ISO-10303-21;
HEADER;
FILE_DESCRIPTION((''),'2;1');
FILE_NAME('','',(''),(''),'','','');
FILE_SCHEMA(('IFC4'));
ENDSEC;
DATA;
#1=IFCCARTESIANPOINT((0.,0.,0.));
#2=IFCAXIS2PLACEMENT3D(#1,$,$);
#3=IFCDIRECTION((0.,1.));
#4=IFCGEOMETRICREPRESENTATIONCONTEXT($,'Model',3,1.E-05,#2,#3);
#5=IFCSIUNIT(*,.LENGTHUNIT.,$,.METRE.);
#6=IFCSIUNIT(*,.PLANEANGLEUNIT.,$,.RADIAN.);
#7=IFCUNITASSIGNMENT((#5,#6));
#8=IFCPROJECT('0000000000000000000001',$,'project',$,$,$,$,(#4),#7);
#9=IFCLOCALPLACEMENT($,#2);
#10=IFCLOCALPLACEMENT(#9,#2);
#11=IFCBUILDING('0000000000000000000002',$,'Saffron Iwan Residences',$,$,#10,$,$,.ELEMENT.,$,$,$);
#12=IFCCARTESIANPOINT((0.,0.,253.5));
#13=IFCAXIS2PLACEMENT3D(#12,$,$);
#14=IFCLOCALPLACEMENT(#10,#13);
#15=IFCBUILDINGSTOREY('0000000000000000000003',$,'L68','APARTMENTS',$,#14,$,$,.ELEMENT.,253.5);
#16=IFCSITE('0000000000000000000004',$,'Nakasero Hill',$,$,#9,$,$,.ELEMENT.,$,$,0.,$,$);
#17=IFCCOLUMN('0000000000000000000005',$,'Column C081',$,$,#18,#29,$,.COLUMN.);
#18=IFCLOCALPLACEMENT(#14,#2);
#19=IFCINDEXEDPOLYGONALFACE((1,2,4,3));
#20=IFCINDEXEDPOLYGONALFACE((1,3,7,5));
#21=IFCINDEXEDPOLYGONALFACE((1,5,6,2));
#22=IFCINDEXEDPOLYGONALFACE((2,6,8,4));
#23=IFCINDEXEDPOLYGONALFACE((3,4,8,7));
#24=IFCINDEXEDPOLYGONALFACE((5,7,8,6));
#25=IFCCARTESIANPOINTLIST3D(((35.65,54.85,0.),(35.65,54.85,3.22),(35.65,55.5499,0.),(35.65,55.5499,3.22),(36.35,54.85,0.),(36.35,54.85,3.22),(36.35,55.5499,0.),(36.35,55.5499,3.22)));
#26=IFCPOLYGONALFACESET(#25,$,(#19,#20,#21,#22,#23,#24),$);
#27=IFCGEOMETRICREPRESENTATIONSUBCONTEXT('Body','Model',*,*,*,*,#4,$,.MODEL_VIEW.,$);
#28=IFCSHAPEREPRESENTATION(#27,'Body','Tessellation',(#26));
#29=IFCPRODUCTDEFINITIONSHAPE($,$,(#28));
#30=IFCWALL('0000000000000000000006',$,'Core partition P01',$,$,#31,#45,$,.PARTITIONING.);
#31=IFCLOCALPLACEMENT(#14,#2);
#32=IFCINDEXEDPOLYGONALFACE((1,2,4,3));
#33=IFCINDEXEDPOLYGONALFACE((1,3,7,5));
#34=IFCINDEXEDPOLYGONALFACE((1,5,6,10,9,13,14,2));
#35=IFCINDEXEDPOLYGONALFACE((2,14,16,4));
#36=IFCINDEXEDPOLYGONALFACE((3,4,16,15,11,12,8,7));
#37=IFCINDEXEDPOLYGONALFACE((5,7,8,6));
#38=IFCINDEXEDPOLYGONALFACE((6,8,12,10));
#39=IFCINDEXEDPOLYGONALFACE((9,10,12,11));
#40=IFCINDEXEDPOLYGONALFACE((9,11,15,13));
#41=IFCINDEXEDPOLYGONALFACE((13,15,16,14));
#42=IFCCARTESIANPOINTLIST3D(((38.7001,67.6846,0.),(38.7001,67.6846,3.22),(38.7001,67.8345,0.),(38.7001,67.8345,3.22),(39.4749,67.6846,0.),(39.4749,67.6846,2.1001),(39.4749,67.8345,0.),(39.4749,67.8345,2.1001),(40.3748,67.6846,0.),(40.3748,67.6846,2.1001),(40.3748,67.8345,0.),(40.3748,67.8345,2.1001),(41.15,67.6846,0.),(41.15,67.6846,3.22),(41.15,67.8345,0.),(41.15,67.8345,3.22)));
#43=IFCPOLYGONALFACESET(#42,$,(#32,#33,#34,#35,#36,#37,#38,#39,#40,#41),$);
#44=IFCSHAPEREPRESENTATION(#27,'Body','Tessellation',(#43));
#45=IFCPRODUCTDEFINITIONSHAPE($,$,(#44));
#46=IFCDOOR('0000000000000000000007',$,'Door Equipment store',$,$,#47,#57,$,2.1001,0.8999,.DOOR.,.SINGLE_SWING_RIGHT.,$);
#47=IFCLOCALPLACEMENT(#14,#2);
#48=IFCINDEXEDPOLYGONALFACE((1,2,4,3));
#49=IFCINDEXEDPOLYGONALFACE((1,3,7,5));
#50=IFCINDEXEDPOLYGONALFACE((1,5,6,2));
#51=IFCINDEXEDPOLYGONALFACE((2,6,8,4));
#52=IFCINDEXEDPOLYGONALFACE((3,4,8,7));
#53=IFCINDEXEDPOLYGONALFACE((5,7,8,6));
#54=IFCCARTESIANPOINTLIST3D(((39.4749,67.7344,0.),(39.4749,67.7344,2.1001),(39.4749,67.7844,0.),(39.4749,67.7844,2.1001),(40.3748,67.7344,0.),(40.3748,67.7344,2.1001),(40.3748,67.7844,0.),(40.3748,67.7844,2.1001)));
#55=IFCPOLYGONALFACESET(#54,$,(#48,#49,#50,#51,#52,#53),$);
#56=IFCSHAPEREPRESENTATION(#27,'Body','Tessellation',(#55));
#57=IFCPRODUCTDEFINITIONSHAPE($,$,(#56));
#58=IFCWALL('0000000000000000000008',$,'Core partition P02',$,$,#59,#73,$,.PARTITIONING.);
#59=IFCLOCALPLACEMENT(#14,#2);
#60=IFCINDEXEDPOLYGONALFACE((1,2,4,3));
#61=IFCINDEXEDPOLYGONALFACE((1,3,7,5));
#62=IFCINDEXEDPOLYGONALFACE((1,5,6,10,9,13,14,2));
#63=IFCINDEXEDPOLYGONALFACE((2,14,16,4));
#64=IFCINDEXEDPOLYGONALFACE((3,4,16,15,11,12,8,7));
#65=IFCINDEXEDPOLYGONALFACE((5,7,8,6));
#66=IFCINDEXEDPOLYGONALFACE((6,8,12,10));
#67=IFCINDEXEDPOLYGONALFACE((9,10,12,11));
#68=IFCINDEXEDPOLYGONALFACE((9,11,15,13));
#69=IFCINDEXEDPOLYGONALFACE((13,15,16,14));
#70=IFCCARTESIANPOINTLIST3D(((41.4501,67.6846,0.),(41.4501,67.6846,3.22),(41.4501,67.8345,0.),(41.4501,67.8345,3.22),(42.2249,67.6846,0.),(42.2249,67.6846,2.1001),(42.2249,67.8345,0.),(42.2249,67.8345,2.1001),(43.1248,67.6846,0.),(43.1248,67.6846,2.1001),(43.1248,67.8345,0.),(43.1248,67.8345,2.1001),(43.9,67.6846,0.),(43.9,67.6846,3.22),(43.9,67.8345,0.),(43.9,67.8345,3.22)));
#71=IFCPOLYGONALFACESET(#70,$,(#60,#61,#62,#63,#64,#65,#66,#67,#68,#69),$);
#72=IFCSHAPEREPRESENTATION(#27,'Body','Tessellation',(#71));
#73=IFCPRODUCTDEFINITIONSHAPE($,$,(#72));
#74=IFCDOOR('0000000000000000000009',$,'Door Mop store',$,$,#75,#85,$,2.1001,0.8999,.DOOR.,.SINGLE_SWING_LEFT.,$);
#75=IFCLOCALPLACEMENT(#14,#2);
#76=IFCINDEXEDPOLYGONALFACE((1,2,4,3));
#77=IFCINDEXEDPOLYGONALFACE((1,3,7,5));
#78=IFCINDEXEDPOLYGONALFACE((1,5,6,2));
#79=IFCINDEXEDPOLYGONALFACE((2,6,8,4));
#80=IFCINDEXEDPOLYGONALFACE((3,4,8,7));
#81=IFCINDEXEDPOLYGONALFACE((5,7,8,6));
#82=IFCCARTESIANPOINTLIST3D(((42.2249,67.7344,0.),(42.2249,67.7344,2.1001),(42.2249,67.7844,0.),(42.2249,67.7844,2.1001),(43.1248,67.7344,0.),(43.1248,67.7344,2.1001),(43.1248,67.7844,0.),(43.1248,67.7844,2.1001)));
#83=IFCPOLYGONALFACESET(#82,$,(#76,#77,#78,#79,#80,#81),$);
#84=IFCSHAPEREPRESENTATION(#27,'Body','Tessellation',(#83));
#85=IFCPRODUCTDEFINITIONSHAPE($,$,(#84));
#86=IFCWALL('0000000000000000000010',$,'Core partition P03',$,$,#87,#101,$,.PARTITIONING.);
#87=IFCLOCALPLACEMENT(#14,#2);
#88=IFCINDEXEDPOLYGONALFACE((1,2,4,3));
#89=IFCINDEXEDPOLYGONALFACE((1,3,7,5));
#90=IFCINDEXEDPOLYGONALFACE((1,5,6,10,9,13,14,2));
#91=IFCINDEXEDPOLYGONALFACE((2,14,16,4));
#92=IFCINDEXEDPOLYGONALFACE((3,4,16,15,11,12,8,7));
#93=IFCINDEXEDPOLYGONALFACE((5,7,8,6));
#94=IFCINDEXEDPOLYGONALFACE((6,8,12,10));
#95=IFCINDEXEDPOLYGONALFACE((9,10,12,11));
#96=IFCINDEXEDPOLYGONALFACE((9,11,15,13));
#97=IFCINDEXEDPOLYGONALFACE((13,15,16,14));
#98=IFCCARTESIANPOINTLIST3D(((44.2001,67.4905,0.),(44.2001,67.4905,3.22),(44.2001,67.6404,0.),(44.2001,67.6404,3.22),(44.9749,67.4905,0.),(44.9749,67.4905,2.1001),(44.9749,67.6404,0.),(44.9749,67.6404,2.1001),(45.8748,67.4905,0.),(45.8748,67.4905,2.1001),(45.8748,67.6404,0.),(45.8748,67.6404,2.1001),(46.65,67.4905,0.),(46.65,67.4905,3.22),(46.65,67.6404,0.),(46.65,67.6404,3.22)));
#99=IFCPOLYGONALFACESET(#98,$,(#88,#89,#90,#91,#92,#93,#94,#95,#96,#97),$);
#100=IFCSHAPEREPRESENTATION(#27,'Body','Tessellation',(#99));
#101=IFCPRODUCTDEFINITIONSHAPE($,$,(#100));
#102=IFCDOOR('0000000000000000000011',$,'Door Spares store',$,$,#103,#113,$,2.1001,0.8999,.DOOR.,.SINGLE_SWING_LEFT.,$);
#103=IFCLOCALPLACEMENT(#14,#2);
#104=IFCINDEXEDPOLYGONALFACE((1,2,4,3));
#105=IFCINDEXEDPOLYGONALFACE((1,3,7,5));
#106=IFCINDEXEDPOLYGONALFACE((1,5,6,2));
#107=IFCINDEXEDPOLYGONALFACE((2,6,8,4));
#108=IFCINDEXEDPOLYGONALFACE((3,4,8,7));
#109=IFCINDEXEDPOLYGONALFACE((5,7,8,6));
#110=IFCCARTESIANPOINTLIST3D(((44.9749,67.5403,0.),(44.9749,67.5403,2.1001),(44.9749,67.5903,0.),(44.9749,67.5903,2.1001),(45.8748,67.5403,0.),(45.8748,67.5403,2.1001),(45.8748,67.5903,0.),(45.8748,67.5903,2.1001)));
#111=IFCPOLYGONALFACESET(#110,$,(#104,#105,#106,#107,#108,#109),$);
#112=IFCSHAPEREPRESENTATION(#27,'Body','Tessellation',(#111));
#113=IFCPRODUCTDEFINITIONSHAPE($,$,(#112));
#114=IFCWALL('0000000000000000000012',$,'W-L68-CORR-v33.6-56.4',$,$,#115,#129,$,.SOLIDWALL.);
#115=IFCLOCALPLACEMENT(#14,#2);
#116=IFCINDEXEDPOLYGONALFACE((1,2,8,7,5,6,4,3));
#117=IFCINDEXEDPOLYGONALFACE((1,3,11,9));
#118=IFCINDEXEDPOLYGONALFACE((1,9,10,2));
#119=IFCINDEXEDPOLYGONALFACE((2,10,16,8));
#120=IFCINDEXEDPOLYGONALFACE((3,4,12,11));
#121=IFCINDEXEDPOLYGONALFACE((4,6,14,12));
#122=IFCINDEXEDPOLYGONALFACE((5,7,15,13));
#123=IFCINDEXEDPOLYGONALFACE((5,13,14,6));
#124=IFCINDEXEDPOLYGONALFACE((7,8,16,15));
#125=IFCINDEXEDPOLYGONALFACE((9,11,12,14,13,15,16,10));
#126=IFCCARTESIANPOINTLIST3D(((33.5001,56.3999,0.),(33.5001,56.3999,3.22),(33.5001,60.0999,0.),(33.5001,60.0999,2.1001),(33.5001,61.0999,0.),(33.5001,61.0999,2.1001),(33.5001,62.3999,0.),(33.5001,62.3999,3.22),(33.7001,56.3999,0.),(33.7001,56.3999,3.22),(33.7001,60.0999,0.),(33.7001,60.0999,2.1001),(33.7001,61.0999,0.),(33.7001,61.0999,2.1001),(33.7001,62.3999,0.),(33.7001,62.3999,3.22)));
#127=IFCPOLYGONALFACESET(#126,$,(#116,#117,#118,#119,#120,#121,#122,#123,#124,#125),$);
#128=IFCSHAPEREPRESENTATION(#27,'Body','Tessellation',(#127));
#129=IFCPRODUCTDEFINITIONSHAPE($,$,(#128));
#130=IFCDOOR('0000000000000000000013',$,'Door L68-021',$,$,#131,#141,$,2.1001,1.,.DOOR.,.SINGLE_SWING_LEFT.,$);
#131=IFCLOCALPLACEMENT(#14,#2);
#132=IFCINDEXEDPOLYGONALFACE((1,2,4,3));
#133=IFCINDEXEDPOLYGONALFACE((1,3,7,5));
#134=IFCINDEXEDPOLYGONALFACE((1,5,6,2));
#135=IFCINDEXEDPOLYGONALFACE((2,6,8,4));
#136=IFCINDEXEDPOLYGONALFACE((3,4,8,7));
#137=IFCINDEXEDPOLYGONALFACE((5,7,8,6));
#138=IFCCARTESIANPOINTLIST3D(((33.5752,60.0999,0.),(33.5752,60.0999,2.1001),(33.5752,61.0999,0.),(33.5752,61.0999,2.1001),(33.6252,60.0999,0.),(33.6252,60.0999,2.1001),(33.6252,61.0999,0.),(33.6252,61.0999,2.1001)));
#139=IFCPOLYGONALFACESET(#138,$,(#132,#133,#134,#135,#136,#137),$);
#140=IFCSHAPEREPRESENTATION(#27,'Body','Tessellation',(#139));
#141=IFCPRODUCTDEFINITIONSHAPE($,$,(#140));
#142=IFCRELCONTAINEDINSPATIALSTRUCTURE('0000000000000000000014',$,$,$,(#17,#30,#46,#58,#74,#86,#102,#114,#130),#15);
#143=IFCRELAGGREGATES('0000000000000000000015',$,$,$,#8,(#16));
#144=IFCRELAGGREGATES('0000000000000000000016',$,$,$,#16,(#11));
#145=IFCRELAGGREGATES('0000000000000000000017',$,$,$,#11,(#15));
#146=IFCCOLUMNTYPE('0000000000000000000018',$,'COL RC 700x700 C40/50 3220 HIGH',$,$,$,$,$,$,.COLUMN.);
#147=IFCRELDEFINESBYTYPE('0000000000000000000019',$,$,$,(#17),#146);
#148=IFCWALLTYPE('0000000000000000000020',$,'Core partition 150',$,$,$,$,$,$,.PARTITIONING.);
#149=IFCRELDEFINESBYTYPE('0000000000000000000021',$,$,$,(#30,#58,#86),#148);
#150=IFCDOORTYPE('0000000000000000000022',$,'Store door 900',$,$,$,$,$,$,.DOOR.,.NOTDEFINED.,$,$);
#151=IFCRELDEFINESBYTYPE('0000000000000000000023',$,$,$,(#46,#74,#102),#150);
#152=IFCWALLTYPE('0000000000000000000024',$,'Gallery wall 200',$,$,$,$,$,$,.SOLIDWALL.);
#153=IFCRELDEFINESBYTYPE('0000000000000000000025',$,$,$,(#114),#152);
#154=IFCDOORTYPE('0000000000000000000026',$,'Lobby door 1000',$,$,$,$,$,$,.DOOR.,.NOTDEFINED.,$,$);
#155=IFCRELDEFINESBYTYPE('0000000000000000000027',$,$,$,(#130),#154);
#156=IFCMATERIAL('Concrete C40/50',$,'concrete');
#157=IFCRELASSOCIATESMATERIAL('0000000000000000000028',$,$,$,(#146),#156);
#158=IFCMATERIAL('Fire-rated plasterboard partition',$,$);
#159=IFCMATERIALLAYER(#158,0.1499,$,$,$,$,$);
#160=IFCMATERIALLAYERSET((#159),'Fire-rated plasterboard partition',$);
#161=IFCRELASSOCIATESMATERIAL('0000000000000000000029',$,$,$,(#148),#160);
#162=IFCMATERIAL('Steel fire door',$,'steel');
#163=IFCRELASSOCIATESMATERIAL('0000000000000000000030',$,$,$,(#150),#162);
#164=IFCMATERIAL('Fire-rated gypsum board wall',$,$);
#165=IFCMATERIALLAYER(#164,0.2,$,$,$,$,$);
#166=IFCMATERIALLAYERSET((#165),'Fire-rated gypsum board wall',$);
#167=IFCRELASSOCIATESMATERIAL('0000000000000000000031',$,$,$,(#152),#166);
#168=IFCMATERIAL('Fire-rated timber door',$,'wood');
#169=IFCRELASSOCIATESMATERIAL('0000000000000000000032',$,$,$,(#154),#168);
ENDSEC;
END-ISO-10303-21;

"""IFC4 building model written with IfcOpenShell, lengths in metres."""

from ifc_helpers import new_model, si_unit, direction, frame, frame_2d, origin, origin_2d, place, context, subcontext, project, spatial, rectangle, extrude, source, transform, mapped, material, layer, layer_set, material_profile, profile_set, type_object, element, fill, save


model = new_model("IFC4")

# Units and contexts
model_context = context("Model", 3, precision=1e-05, world=origin(), true_north=direction((0.0, 1.0)))
body_context = subcontext(model_context, "Body", "Model", "MODEL_VIEW")
ifc_project = project(units=[si_unit("LENGTHUNIT", "METRE"), si_unit("PLANEANGLEUNIT", "RADIAN")], contexts=[model_context])

# Site, building, storey
site_placement = place(None, origin())
site = spatial("IfcSite", under=ifc_project, at=site_placement, Name="Nakasero Hill", CompositionType="ELEMENT", RefElevation=0.0)
building_placement = place(site_placement, origin())
building = spatial("IfcBuilding", under=site, at=building_placement, Name="Saffron Iwan Residences", CompositionType="ELEMENT")
storey_placement = place(building_placement, frame((0.0, 0.0, 253.5)))
storey = spatial("IfcBuildingStorey", under=building, at=storey_placement, Name="L68", Description="APARTMENTS", CompositionType="ELEMENT", Elevation=253.5)

# Column
ifc_material_1 = material(Name="Concrete C40/50", Category="concrete")
ifc_material_profile = material_profile(ifc_material_1, rectangle(XDim=0.7, YDim=0.7, at=origin_2d()), Name="RC 700x700")
ifc_profile_set = profile_set([ifc_material_profile], Name="Concrete C40/50")
column_type = type_object("IfcColumnType", Name="COL RC 700x700 C40/50 3220 HIGH", PredefinedType="COLUMN", material=ifc_profile_set)
shared_shape = source(origin(), body_context, "Body", "SweptSolid", [
    extrude(rectangle(XDim=0.7, YDim=0.7, at=origin_2d()), origin(), (0.0, 0.0, 1.0), 3.22),
])
column_placement = place(storey_placement, frame((36.0, 55.2, 0.0), z_axis=(0.0, 0.0, 1.0), x_axis=(1.0, 0.0, 0.0)))
element("IfcColumn", 1, at=column_placement, inside=storey, type_object=column_type, Name="Column C081", PredefinedType="COLUMN", context=body_context, shape_type="MappedRepresentation", body=[
    mapped(shared_shape, transform((0.0, 0.0, 0.0))),
])

# Walls, openings, doors
ifc_material_2 = material(Name="Fire-rated plasterboard partition")
ifc_layer_1 = layer(ifc_material_2, 0.1499)
ifc_layer_set_1 = layer_set([ifc_layer_1], Name="Fire-rated plasterboard partition")
wall_type_1 = type_object("IfcWallType", Name="Core partition 150", PredefinedType="PARTITIONING", material=ifc_layer_set_1)
wall_1_placement = place(storey_placement, frame((38.7, 67.7595, 0.0), z_axis=(0.0, 0.0, 1.0), x_axis=(1.0, 0.0, 0.0)))
wall_1 = element("IfcWall", 2, at=wall_1_placement, inside=storey, type_object=wall_type_1, Name="Core partition P01", PredefinedType="PARTITIONING", context=body_context, shape_type="SweptSolid", body=[
    extrude(rectangle(XDim=2.45, YDim=0.1499, at=frame_2d((1.2251, 0.0))), origin(), (0.0, 0.0, 1.0), 3.22),
])
opening_1_placement = place(wall_1_placement, frame((0.7749, 0.0, 0.0)))
opening_1 = element("IfcOpeningElement", 3, at=opening_1_placement, cuts=wall_1, PredefinedType="OPENING", context=body_context, shape_type="SweptSolid", body=[
    extrude(rectangle(XDim=0.8999, YDim=2.1001, at=frame_2d((0.45, 1.05))), frame((0.0, 0.085, 0.0), z_axis=(0.0, -1.0, 0.0), x_axis=(1.0, 0.0, 0.0)), (0.0, 0.0, 1.0), 0.1699),
])
ifc_material_3 = material(Name="Steel fire door", Category="steel")
door_type_1 = type_object("IfcDoorType", Name="Store door 900", OperationType="NOTDEFINED", PredefinedType="DOOR", material=ifc_material_3)
door_1_placement = place(opening_1_placement, origin())
door_1 = element("IfcDoor", 4, at=door_1_placement, inside=storey, type_object=door_type_1, Name="Door Equipment store", OperationType="SINGLE_SWING_RIGHT", OverallHeight=2.1001, OverallWidth=0.8999, PredefinedType="DOOR", context=body_context, shape_type="SweptSolid", body=[
    extrude(rectangle(XDim=0.8999, YDim=2.1001, at=frame_2d((0.45, 1.05))), frame((0.0, 0.0249, 0.0), z_axis=(0.0, -1.0, 0.0), x_axis=(1.0, 0.0, 0.0)), (0.0, 0.0, 1.0), 0.05),
])
fill(opening_1, door_1)
wall_2_placement = place(storey_placement, frame((41.45, 67.7595, 0.0), z_axis=(0.0, 0.0, 1.0), x_axis=(1.0, 0.0, 0.0)))
wall_2 = element("IfcWall", 5, at=wall_2_placement, inside=storey, type_object=wall_type_1, Name="Core partition P02", PredefinedType="PARTITIONING", context=body_context, shape_type="SweptSolid", body=[
    extrude(rectangle(XDim=2.45, YDim=0.1499, at=frame_2d((1.2251, 0.0))), origin(), (0.0, 0.0, 1.0), 3.22),
])
opening_2_placement = place(wall_2_placement, frame((0.7749, 0.0, 0.0)))
opening_2 = element("IfcOpeningElement", 6, at=opening_2_placement, cuts=wall_2, PredefinedType="OPENING", context=body_context, shape_type="SweptSolid", body=[
    extrude(rectangle(XDim=0.8999, YDim=2.1001, at=frame_2d((0.45, 1.05))), frame((0.0, 0.085, 0.0), z_axis=(0.0, -1.0, 0.0), x_axis=(1.0, 0.0, 0.0)), (0.0, 0.0, 1.0), 0.1699),
])
door_2_placement = place(opening_2_placement, origin())
door_2 = element("IfcDoor", 7, at=door_2_placement, inside=storey, type_object=door_type_1, Name="Door Mop store", OperationType="SINGLE_SWING_LEFT", OverallHeight=2.1001, OverallWidth=0.8999, PredefinedType="DOOR", context=body_context, shape_type="SweptSolid", body=[
    extrude(rectangle(XDim=0.8999, YDim=2.1001, at=frame_2d((0.45, 1.05))), frame((0.0, 0.0249, 0.0), z_axis=(0.0, -1.0, 0.0), x_axis=(1.0, 0.0, 0.0)), (0.0, 0.0, 1.0), 0.05),
])
fill(opening_2, door_2)
wall_3_placement = place(storey_placement, frame((44.2, 67.5654, 0.0), z_axis=(0.0, 0.0, 1.0), x_axis=(1.0, 0.0, 0.0)))
wall_3 = element("IfcWall", 8, at=wall_3_placement, inside=storey, type_object=wall_type_1, Name="Core partition P03", PredefinedType="PARTITIONING", context=body_context, shape_type="SweptSolid", body=[
    extrude(rectangle(XDim=2.45, YDim=0.1499, at=frame_2d((1.2251, 0.0))), origin(), (0.0, 0.0, 1.0), 3.22),
])
opening_3_placement = place(wall_3_placement, frame((0.7749, 0.0, 0.0)))
opening_3 = element("IfcOpeningElement", 9, at=opening_3_placement, cuts=wall_3, PredefinedType="OPENING", context=body_context, shape_type="SweptSolid", body=[
    extrude(rectangle(XDim=0.8999, YDim=2.1001, at=frame_2d((0.45, 1.05))), frame((0.0, 0.085, 0.0), z_axis=(0.0, -1.0, 0.0), x_axis=(1.0, 0.0, 0.0)), (0.0, 0.0, 1.0), 0.1699),
])
door_3_placement = place(opening_3_placement, origin())
door_3 = element("IfcDoor", 10, at=door_3_placement, inside=storey, type_object=door_type_1, Name="Door Spares store", OperationType="SINGLE_SWING_LEFT", OverallHeight=2.1001, OverallWidth=0.8999, PredefinedType="DOOR", context=body_context, shape_type="SweptSolid", body=[
    extrude(rectangle(XDim=0.8999, YDim=2.1001, at=frame_2d((0.45, 1.05))), frame((0.0, 0.0249, 0.0), z_axis=(0.0, -1.0, 0.0), x_axis=(1.0, 0.0, 0.0)), (0.0, 0.0, 1.0), 0.05),
])
fill(opening_3, door_3)
ifc_material_4 = material(Name="Fire-rated gypsum board wall")
ifc_layer_2 = layer(ifc_material_4, 0.2)
ifc_layer_set_2 = layer_set([ifc_layer_2], Name="Fire-rated gypsum board wall")
wall_type_2 = type_object("IfcWallType", Name="Gallery wall 200", PredefinedType="SOLIDWALL", material=ifc_layer_set_2)
wall_4_placement = place(storey_placement, frame((33.6001, 56.3999, 0.0), z_axis=(0.0, 0.0, 1.0), x_axis=(0.0, 1.0, 0.0)))
wall_4 = element("IfcWall", 11, at=wall_4_placement, inside=storey, type_object=wall_type_2, Name="W-L68-CORR-v33.6-56.4", PredefinedType="SOLIDWALL", context=body_context, shape_type="SweptSolid", body=[
    extrude(rectangle(XDim=6.0, YDim=0.2, at=frame_2d((3.0, 0.0))), origin(), (0.0, 0.0, 1.0), 3.22),
])
opening_4_placement = place(wall_4_placement, frame((3.7, 0.0, 0.0)))
opening_4 = element("IfcOpeningElement", 12, at=opening_4_placement, cuts=wall_4, PredefinedType="OPENING", context=body_context, shape_type="SweptSolid", body=[
    extrude(rectangle(XDim=1.0, YDim=2.1001, at=frame_2d((0.5, 1.05))), frame((0.0, 0.1099, 0.0), z_axis=(0.0, -1.0, 0.0), x_axis=(1.0, 0.0, 0.0)), (0.0, 0.0, 1.0), 0.22),
])
ifc_material_5 = material(Name="Fire-rated timber door", Category="wood")
door_type_2 = type_object("IfcDoorType", Name="Lobby door 1000", OperationType="NOTDEFINED", PredefinedType="DOOR", material=ifc_material_5)
door_4_placement = place(opening_4_placement, origin())
door_4 = element("IfcDoor", 13, at=door_4_placement, inside=storey, type_object=door_type_2, Name="Door L68-021", OperationType="SINGLE_SWING_LEFT", OverallHeight=2.1001, OverallWidth=1.0, PredefinedType="DOOR", context=body_context, shape_type="SweptSolid", body=[
    extrude(rectangle(XDim=1.0, YDim=2.1001, at=frame_2d((0.5, 1.05))), frame((0.0, 0.0249, 0.0), z_axis=(0.0, -1.0, 0.0), x_axis=(1.0, 0.0, 0.0)), (0.0, 0.0, 1.0), 0.05),
])
fill(opening_4, door_4)

save(model, "model.ifc")
